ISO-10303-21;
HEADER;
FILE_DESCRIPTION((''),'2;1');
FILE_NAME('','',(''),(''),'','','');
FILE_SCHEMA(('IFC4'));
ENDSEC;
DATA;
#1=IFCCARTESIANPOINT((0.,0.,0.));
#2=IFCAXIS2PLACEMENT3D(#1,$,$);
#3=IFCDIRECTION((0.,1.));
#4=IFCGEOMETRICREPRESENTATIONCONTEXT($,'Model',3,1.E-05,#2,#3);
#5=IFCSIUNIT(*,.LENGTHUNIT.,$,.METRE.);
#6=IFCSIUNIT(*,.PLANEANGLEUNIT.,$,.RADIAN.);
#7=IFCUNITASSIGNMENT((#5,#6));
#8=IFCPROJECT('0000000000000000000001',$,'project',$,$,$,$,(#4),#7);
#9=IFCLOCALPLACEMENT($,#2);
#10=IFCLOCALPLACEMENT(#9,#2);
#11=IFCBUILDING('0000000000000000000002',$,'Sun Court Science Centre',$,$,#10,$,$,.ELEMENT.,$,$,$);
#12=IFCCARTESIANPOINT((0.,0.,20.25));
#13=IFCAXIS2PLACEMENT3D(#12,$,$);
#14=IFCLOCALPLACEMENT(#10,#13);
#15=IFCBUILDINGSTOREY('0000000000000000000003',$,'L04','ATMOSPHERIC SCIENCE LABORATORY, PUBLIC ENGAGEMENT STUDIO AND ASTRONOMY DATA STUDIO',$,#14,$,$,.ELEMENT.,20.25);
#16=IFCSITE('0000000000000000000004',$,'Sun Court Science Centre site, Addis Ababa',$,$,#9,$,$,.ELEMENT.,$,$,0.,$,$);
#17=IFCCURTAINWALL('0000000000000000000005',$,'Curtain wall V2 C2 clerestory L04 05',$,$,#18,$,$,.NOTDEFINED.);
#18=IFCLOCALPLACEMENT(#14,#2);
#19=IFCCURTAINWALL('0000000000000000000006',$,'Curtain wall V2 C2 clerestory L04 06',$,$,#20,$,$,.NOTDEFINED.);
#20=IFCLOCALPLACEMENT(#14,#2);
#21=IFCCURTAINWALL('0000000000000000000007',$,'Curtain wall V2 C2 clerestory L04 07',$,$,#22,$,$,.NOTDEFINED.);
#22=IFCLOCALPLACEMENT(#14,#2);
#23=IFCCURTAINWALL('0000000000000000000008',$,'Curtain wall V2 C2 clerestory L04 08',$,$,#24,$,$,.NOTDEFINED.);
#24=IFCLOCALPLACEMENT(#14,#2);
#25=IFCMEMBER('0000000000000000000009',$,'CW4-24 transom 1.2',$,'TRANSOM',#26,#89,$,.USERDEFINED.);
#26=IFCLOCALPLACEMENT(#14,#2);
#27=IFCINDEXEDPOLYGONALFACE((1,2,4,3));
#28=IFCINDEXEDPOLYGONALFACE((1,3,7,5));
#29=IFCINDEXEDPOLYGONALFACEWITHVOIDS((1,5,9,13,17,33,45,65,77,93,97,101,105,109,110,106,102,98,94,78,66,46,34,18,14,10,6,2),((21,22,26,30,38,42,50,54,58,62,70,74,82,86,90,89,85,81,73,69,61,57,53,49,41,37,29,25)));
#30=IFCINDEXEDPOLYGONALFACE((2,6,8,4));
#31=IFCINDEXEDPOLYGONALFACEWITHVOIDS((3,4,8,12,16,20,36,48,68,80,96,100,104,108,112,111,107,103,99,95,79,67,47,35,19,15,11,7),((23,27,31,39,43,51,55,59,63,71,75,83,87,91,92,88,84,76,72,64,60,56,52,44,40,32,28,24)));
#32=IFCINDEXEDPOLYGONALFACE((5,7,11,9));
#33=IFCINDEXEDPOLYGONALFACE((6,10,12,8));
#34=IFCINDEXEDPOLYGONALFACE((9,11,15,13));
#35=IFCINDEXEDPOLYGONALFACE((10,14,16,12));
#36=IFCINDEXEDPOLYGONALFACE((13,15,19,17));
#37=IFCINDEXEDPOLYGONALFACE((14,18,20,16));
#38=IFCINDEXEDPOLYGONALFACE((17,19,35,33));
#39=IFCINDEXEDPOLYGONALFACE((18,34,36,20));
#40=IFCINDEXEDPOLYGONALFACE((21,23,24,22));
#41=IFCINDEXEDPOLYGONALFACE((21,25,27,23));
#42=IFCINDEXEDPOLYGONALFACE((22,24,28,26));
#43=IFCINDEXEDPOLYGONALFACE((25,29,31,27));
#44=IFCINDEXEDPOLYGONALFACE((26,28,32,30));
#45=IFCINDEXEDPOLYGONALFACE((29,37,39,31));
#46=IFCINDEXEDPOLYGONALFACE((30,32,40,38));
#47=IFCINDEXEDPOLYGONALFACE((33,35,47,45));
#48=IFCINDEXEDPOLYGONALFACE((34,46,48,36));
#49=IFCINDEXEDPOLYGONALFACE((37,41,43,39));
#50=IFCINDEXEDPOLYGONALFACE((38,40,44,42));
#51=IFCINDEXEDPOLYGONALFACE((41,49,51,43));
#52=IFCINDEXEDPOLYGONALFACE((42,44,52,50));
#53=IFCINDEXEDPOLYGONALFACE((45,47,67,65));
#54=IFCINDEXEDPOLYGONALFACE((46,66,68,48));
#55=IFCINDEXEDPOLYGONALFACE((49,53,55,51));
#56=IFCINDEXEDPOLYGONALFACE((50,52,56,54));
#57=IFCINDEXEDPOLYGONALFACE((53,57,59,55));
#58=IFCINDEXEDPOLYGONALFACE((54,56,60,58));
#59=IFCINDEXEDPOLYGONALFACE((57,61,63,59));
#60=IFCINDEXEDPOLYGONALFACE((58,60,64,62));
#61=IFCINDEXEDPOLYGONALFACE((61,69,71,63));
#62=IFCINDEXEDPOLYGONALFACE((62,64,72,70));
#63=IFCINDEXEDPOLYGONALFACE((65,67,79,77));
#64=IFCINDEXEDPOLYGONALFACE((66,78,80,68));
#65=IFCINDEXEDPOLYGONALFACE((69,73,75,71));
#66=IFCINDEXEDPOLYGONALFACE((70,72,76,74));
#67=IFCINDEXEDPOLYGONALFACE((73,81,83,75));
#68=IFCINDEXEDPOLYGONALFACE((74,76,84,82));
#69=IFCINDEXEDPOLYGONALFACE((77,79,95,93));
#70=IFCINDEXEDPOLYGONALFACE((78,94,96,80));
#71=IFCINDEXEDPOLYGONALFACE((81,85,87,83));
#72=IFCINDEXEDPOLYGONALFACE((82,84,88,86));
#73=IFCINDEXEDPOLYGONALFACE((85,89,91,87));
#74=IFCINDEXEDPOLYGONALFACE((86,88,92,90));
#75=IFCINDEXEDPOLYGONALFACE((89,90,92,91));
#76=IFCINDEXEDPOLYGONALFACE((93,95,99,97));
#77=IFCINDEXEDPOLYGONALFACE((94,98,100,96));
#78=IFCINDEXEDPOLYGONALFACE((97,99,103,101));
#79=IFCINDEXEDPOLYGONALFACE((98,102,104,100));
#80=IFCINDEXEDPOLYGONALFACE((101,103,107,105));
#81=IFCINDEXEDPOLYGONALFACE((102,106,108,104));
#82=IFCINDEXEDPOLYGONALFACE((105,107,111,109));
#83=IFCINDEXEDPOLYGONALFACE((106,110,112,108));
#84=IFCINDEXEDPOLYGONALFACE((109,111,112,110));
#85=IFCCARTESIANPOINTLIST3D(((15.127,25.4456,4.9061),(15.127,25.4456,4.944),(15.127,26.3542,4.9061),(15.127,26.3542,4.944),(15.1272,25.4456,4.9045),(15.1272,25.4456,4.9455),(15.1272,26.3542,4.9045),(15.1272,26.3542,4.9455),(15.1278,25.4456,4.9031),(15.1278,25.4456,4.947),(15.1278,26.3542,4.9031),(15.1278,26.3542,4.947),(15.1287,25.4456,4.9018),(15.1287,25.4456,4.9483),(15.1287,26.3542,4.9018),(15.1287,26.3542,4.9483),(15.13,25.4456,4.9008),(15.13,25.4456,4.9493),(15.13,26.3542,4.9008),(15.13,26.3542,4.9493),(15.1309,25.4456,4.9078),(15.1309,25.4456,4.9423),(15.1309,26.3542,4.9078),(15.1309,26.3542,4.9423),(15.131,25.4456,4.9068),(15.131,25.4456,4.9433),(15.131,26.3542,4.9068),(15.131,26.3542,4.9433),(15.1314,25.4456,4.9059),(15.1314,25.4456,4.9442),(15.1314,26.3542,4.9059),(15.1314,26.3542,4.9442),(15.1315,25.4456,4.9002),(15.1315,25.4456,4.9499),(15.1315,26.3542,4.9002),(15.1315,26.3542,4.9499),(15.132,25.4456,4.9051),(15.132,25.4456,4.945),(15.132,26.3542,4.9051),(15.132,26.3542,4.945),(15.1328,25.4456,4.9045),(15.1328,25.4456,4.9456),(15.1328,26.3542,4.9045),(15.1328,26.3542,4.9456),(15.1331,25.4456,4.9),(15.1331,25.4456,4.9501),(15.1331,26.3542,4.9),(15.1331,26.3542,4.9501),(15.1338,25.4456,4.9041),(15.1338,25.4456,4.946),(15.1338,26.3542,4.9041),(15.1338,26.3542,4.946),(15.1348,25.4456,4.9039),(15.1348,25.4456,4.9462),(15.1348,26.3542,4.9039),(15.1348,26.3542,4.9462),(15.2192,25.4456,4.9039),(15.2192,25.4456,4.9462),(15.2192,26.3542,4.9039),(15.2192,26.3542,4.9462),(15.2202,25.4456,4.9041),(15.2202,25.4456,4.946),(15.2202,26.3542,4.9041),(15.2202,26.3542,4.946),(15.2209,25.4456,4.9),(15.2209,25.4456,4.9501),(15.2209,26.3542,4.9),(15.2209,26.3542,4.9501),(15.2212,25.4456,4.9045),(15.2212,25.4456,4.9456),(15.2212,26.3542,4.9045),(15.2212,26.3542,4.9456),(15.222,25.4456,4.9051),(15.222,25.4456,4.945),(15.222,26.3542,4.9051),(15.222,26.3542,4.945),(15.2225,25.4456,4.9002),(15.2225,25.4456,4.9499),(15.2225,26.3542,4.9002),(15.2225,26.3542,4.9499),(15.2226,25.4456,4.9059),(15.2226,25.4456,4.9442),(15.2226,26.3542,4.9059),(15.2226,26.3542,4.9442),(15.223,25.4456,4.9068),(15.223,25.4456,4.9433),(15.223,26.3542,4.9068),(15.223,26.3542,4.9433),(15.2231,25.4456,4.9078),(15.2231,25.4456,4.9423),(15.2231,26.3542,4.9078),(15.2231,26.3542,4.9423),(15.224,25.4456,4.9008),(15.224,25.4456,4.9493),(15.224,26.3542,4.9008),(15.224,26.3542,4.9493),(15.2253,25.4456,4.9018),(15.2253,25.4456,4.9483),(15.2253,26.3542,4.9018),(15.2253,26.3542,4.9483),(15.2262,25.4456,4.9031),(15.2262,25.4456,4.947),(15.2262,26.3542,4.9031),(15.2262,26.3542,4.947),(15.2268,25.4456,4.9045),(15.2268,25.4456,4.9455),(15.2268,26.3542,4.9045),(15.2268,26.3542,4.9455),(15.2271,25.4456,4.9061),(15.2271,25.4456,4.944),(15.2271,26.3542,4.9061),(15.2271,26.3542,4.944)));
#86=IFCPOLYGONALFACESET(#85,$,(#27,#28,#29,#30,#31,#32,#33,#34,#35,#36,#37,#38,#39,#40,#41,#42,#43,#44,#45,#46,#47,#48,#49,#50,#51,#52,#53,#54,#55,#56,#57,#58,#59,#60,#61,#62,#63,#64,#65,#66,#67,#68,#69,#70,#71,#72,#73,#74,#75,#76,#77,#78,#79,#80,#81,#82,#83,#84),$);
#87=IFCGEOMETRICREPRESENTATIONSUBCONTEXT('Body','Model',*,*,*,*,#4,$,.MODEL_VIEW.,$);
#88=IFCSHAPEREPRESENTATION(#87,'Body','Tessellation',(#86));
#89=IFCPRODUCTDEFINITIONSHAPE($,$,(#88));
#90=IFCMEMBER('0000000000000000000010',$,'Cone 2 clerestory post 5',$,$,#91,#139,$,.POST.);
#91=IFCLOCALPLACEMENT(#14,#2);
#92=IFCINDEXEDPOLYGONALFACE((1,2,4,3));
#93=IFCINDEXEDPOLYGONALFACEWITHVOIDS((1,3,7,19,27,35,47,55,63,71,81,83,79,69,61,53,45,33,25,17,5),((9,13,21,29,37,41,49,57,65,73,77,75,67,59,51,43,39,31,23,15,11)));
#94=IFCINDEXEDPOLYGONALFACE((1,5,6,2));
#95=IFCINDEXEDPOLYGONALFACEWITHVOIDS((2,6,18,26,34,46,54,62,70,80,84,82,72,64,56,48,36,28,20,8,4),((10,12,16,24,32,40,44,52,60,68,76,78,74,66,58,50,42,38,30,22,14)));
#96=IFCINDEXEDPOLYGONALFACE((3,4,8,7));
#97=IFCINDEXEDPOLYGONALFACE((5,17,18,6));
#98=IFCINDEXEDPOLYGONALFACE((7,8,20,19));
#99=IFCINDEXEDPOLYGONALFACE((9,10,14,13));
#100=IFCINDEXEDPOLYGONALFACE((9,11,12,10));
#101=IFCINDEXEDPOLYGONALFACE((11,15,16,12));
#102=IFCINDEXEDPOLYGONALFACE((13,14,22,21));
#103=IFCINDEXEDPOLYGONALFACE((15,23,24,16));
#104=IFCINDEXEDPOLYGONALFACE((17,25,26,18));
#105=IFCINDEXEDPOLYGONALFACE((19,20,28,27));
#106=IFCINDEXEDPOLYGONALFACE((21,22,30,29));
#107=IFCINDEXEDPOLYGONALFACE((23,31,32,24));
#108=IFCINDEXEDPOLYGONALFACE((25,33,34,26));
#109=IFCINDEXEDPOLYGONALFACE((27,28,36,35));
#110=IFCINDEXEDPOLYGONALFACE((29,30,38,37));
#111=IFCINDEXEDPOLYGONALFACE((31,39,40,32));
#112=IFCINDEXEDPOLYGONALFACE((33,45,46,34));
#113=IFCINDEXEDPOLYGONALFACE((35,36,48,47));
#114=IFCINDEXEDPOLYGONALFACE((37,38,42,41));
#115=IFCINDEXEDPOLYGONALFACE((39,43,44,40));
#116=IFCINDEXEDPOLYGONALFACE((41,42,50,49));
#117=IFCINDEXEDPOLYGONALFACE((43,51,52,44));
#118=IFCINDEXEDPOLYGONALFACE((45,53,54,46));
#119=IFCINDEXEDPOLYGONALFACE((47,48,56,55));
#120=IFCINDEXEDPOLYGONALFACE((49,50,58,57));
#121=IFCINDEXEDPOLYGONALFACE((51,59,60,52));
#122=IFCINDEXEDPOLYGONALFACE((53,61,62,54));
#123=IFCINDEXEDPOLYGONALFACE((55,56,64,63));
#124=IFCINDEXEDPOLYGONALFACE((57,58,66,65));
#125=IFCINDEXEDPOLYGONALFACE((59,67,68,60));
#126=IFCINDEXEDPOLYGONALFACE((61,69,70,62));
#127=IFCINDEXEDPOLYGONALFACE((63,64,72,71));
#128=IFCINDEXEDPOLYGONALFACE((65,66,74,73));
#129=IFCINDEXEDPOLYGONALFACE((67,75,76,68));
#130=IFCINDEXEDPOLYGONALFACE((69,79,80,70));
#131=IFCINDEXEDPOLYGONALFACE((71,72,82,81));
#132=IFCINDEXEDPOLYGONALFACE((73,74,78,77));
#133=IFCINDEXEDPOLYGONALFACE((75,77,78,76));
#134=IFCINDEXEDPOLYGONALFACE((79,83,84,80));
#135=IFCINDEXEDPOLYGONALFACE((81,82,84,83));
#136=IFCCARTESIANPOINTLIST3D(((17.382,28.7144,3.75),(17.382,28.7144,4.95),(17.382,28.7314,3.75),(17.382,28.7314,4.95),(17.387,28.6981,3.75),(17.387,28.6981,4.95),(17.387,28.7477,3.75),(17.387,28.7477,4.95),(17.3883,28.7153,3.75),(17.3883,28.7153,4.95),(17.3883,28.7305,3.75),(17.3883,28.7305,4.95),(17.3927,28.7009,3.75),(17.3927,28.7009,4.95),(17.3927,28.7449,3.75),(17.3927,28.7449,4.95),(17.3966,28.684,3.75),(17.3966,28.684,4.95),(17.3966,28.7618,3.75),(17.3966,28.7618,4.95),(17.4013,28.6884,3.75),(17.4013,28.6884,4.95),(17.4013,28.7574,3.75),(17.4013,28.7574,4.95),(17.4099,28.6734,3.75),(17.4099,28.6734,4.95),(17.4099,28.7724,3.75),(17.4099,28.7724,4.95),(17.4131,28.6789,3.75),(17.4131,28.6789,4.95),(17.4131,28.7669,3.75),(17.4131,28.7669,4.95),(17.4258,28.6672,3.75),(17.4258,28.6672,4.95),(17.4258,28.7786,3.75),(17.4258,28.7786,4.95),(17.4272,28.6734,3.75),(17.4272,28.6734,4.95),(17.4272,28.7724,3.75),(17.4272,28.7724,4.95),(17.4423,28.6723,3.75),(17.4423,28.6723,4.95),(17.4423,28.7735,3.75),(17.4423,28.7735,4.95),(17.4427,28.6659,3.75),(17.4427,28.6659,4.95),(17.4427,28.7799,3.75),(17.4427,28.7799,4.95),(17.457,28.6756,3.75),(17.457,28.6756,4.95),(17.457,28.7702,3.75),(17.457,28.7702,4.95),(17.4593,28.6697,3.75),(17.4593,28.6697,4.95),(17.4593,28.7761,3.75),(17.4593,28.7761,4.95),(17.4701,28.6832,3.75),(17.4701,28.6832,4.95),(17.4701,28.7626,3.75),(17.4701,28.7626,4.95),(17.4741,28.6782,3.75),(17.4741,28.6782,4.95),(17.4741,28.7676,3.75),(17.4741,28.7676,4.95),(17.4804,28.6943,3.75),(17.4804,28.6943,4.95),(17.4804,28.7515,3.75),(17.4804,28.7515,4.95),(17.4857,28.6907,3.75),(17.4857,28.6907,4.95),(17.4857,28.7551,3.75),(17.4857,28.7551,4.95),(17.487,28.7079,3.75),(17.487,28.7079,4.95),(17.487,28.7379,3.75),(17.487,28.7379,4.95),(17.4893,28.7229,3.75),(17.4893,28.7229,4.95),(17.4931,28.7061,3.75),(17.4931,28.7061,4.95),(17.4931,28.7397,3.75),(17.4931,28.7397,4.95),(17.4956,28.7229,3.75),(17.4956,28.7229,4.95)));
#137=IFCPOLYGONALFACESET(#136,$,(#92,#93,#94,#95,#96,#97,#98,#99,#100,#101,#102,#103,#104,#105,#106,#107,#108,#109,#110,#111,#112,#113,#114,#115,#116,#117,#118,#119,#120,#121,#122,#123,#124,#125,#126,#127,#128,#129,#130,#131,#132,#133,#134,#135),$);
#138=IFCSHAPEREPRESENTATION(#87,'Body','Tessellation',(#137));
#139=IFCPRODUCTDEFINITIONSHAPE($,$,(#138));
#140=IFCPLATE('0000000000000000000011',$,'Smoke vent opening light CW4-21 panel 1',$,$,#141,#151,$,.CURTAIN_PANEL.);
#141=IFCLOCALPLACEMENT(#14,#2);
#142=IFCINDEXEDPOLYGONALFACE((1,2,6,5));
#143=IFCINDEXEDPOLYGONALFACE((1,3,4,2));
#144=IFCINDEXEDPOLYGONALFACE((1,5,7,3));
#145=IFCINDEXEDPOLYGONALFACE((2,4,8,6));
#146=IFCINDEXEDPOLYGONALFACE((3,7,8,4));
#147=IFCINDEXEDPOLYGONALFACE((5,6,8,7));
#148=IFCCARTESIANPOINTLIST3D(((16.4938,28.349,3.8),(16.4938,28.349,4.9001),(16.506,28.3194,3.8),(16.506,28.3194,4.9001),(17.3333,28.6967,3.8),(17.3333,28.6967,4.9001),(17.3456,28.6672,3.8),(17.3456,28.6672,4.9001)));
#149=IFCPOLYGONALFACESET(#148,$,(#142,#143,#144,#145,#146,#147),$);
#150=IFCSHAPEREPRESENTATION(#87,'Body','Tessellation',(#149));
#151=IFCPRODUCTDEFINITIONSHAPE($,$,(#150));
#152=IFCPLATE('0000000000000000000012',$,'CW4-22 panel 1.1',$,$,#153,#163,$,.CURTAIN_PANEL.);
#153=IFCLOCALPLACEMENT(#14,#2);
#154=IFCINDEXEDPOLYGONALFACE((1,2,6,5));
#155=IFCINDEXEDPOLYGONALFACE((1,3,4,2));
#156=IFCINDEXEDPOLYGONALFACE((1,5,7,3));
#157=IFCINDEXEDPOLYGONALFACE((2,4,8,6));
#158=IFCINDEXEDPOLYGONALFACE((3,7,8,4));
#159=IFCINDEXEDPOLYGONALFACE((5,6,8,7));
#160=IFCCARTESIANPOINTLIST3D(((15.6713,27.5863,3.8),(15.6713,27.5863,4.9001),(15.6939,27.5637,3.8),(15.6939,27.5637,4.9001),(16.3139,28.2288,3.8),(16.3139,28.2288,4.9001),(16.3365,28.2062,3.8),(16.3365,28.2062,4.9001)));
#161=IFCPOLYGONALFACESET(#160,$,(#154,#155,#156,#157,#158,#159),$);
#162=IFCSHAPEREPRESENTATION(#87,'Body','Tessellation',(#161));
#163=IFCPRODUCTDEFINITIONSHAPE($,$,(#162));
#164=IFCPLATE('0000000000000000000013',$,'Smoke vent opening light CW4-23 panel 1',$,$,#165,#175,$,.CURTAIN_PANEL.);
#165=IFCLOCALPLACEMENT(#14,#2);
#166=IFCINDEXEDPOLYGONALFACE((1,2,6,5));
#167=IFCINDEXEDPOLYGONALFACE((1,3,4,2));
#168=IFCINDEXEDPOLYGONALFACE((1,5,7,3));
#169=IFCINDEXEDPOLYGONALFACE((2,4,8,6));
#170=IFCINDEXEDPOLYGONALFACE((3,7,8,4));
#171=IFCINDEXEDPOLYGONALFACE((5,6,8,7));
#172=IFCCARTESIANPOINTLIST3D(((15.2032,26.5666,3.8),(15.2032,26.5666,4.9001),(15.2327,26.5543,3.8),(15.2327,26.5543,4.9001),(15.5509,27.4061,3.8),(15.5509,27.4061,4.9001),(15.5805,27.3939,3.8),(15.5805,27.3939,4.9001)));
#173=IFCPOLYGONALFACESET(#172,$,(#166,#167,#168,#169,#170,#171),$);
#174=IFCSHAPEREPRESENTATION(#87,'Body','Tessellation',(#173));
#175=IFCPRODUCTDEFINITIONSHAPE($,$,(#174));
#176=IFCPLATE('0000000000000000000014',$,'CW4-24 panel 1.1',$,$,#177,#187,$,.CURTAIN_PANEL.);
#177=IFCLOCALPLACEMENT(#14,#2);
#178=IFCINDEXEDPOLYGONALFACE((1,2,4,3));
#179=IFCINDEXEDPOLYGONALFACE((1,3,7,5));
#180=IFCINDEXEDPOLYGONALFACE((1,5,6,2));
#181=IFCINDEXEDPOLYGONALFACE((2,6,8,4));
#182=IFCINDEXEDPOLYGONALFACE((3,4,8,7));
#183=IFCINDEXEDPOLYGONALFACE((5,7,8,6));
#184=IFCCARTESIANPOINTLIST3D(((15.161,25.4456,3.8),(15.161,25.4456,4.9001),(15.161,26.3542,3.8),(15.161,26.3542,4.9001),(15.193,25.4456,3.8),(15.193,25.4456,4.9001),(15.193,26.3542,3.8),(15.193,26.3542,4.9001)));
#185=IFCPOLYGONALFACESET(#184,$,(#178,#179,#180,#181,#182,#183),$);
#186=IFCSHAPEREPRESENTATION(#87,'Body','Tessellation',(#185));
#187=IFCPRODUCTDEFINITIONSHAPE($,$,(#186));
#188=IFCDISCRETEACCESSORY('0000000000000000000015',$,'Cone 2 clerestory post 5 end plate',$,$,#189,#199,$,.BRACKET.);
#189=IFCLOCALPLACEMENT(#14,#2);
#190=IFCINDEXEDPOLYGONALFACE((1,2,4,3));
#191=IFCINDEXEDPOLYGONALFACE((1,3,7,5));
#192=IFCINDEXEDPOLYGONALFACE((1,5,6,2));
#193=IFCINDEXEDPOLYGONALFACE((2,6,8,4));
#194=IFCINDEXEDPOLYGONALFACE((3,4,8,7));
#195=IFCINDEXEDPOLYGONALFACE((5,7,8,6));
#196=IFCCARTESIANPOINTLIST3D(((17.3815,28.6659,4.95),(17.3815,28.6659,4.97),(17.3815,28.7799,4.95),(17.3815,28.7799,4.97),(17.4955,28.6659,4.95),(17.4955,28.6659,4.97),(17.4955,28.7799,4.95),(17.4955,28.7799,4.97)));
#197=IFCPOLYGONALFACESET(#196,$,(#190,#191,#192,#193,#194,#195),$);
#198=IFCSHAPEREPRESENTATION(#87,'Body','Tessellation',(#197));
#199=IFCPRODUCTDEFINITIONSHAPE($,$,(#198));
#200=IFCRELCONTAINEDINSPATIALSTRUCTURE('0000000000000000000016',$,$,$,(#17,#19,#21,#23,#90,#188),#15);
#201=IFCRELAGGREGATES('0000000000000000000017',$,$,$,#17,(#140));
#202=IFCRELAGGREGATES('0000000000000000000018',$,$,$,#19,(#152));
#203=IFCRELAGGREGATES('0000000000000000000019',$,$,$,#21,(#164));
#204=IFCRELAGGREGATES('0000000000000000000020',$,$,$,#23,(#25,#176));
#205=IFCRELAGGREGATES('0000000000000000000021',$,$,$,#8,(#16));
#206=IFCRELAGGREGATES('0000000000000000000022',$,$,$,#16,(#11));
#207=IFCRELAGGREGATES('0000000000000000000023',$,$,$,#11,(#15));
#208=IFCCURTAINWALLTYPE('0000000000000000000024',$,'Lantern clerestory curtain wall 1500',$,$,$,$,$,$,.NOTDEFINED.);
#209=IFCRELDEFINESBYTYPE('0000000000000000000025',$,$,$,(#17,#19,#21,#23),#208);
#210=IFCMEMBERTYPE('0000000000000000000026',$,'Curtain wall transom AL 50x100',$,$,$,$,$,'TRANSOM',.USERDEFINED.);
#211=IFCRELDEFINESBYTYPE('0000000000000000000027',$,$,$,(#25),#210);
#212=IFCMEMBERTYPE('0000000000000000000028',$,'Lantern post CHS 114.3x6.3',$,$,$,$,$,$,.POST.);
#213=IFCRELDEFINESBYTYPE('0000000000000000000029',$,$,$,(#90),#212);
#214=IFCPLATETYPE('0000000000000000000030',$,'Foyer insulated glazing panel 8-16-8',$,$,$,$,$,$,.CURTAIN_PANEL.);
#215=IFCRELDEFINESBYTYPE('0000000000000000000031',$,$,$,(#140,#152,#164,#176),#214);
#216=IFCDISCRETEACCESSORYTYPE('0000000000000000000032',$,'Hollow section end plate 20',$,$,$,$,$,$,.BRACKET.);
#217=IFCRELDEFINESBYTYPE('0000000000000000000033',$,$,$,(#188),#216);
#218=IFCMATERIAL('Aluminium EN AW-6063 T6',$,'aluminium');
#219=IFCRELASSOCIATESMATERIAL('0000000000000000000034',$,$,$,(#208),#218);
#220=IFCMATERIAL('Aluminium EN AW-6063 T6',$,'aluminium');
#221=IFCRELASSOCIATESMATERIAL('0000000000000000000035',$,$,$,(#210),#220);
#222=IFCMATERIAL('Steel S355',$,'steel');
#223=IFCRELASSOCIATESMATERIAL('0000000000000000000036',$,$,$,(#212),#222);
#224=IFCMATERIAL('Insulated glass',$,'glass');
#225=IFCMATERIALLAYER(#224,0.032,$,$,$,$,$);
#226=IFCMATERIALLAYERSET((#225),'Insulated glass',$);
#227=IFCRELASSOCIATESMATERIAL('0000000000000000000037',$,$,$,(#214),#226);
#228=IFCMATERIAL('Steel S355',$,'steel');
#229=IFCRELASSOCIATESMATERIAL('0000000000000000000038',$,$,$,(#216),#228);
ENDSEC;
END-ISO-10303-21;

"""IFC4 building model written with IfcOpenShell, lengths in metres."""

from ifc_helpers import new_model, si_unit, direction, frame, origin, origin_2d, place, context, subcontext, project, spatial, rectangle, hollow_rectangle, hollow_circle, extrude, material, layer, layer_set, material_profile, profile_set, type_object, element, aggregate, save


model = new_model("IFC4")

# Units and contexts
model_context = context("Model", 3, precision=1e-05, world=origin(), true_north=direction((0.0, 1.0)))
body_context = subcontext(model_context, "Body", "Model", "MODEL_VIEW")
ifc_project = project(units=[si_unit("LENGTHUNIT", "METRE"), si_unit("PLANEANGLEUNIT", "RADIAN")], contexts=[model_context])

# Site, building, storey
site_placement = place(None, origin())
site = spatial("IfcSite", under=ifc_project, at=site_placement, Name="Sun Court Science Centre site, Addis Ababa", CompositionType="ELEMENT", RefElevation=0.0)
building_placement = place(site_placement, origin())
building = spatial("IfcBuilding", under=site, at=building_placement, Name="Sun Court Science Centre", CompositionType="ELEMENT")
storey_placement = place(building_placement, frame((0.0, 0.0, 20.25)))
storey = spatial("IfcBuildingStorey", under=building, at=storey_placement, Name="L04", Description="ATMOSPHERIC SCIENCE LABORATORY, PUBLIC ENGAGEMENT STUDIO AND ASTRONOMY DATA STUDIO", CompositionType="ELEMENT", Elevation=20.25)

# Curtain walls, member
ifc_material_1 = material(Name="Aluminium EN AW-6063 T6", Category="aluminium")
curtain_wall_type = type_object("IfcCurtainWallType", Name="Lantern clerestory curtain wall 1500", PredefinedType="NOTDEFINED", material=ifc_material_1)
curtain_wall_1_placement = place(storey_placement, origin())
curtain_wall_1 = element("IfcCurtainWall", 1, at=curtain_wall_1_placement, inside=storey, type_object=curtain_wall_type, Name="Curtain wall V2 C2 clerestory L04 05", PredefinedType="NOTDEFINED")
ifc_material_2 = material(Name="Aluminium EN AW-6063 T6", Category="aluminium")
ifc_material_profile_1 = material_profile(ifc_material_2, hollow_rectangle(XDim=0.05, YDim=0.1001, WallThickness=0.0039, InnerFilletRadius=0.0039, OuterFilletRadius=0.0061, at=origin_2d()), Name="AL 50x100x4")
ifc_profile_set_1 = profile_set([ifc_material_profile_1], Name="Aluminium EN AW-6063 T6")
member_type_1 = type_object("IfcMemberType", Name="Curtain wall transom AL 50x100", ElementType="TRANSOM", PredefinedType="USERDEFINED", material=ifc_profile_set_1)
curtain_wall_2_placement = place(storey_placement, origin())
curtain_wall_2 = element("IfcCurtainWall", 2, at=curtain_wall_2_placement, inside=storey, type_object=curtain_wall_type, Name="Curtain wall V2 C2 clerestory L04 06", PredefinedType="NOTDEFINED")
curtain_wall_3_placement = place(storey_placement, origin())
curtain_wall_3 = element("IfcCurtainWall", 3, at=curtain_wall_3_placement, inside=storey, type_object=curtain_wall_type, Name="Curtain wall V2 C2 clerestory L04 07", PredefinedType="NOTDEFINED")
curtain_wall_4_placement = place(storey_placement, origin())
curtain_wall_4 = element("IfcCurtainWall", 4, at=curtain_wall_4_placement, inside=storey, type_object=curtain_wall_type, Name="Curtain wall V2 C2 clerestory L04 08", PredefinedType="NOTDEFINED")
member_1_placement = place(storey_placement, frame((15.177, 25.4456, 4.925), z_axis=(0.0, 1.0, 0.0), x_axis=(0.0, 0.0, 1.0)))
member_1 = element("IfcMember", 5, at=member_1_placement, type_object=member_type_1, Name="CW4-24 transom 1.2", ObjectType="TRANSOM", PredefinedType="USERDEFINED", context=body_context, shape_type="SweptSolid", body=[
    extrude(hollow_rectangle(XDim=0.05, YDim=0.1001, WallThickness=0.0039, InnerFilletRadius=0.0039, OuterFilletRadius=0.0061, at=origin_2d()), origin(), (0.0, 0.0, 1.0), 0.9087),
])

# Member
ifc_material_3 = material(Name="Steel S355", Category="steel")
ifc_material_profile_2 = material_profile(ifc_material_3, hollow_circle(Radius=0.0571, WallThickness=0.0063, at=origin_2d()), Name="CHS 114.3x6.3")
ifc_profile_set_2 = profile_set([ifc_material_profile_2], Name="Steel S355")
member_type_2 = type_object("IfcMemberType", Name="Lantern post CHS 114.3x6.3", PredefinedType="POST", material=ifc_profile_set_2)
member_2_placement = place(storey_placement, frame((17.4385, 28.7229, 3.75), z_axis=(0.0, 0.0, 1.0), x_axis=(1.0, 0.0, 0.0)))
element("IfcMember", 6, at=member_2_placement, inside=storey, type_object=member_type_2, Name="Cone 2 clerestory post 5", PredefinedType="POST", context=body_context, shape_type="SweptSolid", body=[
    extrude(hollow_circle(Radius=0.0571, WallThickness=0.0063, at=origin_2d()), origin(), (0.0, 0.0, 1.0), 1.2),
])

# Plates
ifc_material_4 = material(Name="Insulated glass", Category="glass")
ifc_layer = layer(ifc_material_4, 0.032)
ifc_layer_set = layer_set([ifc_layer], Name="Insulated glass")
plate_type = type_object("IfcPlateType", Name="Foyer insulated glazing panel 8-16-8", PredefinedType="CURTAIN_PANEL", material=ifc_layer_set)
plate_1_placement = place(storey_placement, frame((16.9197, 28.5081, 3.8), z_axis=(0.0, 0.0, 1.0), x_axis=(0.92388, 0.382683, 0.0)))
plate_1 = element("IfcPlate", 7, at=plate_1_placement, type_object=plate_type, Name="Smoke vent opening light CW4-21 panel 1", PredefinedType="CURTAIN_PANEL", context=body_context, shape_type="SweptSolid", body=[
    extrude(rectangle(XDim=0.9087, YDim=0.032, at=origin_2d()), origin(), (0.0, 0.0, 1.0), 1.1001),
])
aggregate(curtain_wall_1, [plate_1])
plate_2_placement = place(storey_placement, frame((16.0039, 27.8962, 3.8), z_axis=(0.0, 0.0, 1.0), x_axis=(0.707107, 0.707107, 0.0)))
plate_2 = element("IfcPlate", 8, at=plate_2_placement, type_object=plate_type, Name="CW4-22 panel 1.1", PredefinedType="CURTAIN_PANEL", context=body_context, shape_type="SweptSolid", body=[
    extrude(rectangle(XDim=0.9087, YDim=0.032, at=origin_2d()), origin(), (0.0, 0.0, 1.0), 1.1001),
])
aggregate(curtain_wall_2, [plate_2])
plate_3_placement = place(storey_placement, frame((15.3918, 26.9802, 3.8), z_axis=(0.0, 0.0, 1.0), x_axis=(0.382683, 0.92388, 0.0)))
plate_3 = element("IfcPlate", 9, at=plate_3_placement, type_object=plate_type, Name="Smoke vent opening light CW4-23 panel 1", PredefinedType="CURTAIN_PANEL", context=body_context, shape_type="SweptSolid", body=[
    extrude(rectangle(XDim=0.9087, YDim=0.032, at=origin_2d()), origin(), (0.0, 0.0, 1.0), 1.1001),
])
aggregate(curtain_wall_3, [plate_3])
plate_4_placement = place(storey_placement, frame((15.177, 25.8999, 3.8), z_axis=(0.0, 0.0, 1.0), x_axis=(0.0, 1.0, 0.0)))
plate_4 = element("IfcPlate", 10, at=plate_4_placement, type_object=plate_type, Name="CW4-24 panel 1.1", PredefinedType="CURTAIN_PANEL", context=body_context, shape_type="SweptSolid", body=[
    extrude(rectangle(XDim=0.9087, YDim=0.032, at=origin_2d()), origin(), (0.0, 0.0, 1.0), 1.1001),
])
aggregate(curtain_wall_4, [member_1, plate_4])

# Discrete accessory
ifc_material_5 = material(Name="Steel S355", Category="steel")
discrete_accessory_type = type_object("IfcDiscreteAccessoryType", Name="Hollow section end plate 20", PredefinedType="BRACKET", material=ifc_material_5)
for number, where, z_axis, x_axis, name in (
    (11, (17.4385, 28.7229, 4.95), (0.0, 0.0, 1.0), (1.0, 0.0, 0.0), "Cone 2 clerestory post 5 end plate"),
):
    element("IfcDiscreteAccessory", number, at=place(storey_placement, frame(where, z_axis=z_axis, x_axis=x_axis)), inside=storey, type_object=discrete_accessory_type, Name=name, PredefinedType="BRACKET", context=body_context, shape_type="SweptSolid", body=[
        extrude(rectangle(XDim=0.114, YDim=0.114, at=origin_2d()), origin(), (0.0, 0.0, 1.0), 0.02),
    ])

save(model, "model.ifc")
